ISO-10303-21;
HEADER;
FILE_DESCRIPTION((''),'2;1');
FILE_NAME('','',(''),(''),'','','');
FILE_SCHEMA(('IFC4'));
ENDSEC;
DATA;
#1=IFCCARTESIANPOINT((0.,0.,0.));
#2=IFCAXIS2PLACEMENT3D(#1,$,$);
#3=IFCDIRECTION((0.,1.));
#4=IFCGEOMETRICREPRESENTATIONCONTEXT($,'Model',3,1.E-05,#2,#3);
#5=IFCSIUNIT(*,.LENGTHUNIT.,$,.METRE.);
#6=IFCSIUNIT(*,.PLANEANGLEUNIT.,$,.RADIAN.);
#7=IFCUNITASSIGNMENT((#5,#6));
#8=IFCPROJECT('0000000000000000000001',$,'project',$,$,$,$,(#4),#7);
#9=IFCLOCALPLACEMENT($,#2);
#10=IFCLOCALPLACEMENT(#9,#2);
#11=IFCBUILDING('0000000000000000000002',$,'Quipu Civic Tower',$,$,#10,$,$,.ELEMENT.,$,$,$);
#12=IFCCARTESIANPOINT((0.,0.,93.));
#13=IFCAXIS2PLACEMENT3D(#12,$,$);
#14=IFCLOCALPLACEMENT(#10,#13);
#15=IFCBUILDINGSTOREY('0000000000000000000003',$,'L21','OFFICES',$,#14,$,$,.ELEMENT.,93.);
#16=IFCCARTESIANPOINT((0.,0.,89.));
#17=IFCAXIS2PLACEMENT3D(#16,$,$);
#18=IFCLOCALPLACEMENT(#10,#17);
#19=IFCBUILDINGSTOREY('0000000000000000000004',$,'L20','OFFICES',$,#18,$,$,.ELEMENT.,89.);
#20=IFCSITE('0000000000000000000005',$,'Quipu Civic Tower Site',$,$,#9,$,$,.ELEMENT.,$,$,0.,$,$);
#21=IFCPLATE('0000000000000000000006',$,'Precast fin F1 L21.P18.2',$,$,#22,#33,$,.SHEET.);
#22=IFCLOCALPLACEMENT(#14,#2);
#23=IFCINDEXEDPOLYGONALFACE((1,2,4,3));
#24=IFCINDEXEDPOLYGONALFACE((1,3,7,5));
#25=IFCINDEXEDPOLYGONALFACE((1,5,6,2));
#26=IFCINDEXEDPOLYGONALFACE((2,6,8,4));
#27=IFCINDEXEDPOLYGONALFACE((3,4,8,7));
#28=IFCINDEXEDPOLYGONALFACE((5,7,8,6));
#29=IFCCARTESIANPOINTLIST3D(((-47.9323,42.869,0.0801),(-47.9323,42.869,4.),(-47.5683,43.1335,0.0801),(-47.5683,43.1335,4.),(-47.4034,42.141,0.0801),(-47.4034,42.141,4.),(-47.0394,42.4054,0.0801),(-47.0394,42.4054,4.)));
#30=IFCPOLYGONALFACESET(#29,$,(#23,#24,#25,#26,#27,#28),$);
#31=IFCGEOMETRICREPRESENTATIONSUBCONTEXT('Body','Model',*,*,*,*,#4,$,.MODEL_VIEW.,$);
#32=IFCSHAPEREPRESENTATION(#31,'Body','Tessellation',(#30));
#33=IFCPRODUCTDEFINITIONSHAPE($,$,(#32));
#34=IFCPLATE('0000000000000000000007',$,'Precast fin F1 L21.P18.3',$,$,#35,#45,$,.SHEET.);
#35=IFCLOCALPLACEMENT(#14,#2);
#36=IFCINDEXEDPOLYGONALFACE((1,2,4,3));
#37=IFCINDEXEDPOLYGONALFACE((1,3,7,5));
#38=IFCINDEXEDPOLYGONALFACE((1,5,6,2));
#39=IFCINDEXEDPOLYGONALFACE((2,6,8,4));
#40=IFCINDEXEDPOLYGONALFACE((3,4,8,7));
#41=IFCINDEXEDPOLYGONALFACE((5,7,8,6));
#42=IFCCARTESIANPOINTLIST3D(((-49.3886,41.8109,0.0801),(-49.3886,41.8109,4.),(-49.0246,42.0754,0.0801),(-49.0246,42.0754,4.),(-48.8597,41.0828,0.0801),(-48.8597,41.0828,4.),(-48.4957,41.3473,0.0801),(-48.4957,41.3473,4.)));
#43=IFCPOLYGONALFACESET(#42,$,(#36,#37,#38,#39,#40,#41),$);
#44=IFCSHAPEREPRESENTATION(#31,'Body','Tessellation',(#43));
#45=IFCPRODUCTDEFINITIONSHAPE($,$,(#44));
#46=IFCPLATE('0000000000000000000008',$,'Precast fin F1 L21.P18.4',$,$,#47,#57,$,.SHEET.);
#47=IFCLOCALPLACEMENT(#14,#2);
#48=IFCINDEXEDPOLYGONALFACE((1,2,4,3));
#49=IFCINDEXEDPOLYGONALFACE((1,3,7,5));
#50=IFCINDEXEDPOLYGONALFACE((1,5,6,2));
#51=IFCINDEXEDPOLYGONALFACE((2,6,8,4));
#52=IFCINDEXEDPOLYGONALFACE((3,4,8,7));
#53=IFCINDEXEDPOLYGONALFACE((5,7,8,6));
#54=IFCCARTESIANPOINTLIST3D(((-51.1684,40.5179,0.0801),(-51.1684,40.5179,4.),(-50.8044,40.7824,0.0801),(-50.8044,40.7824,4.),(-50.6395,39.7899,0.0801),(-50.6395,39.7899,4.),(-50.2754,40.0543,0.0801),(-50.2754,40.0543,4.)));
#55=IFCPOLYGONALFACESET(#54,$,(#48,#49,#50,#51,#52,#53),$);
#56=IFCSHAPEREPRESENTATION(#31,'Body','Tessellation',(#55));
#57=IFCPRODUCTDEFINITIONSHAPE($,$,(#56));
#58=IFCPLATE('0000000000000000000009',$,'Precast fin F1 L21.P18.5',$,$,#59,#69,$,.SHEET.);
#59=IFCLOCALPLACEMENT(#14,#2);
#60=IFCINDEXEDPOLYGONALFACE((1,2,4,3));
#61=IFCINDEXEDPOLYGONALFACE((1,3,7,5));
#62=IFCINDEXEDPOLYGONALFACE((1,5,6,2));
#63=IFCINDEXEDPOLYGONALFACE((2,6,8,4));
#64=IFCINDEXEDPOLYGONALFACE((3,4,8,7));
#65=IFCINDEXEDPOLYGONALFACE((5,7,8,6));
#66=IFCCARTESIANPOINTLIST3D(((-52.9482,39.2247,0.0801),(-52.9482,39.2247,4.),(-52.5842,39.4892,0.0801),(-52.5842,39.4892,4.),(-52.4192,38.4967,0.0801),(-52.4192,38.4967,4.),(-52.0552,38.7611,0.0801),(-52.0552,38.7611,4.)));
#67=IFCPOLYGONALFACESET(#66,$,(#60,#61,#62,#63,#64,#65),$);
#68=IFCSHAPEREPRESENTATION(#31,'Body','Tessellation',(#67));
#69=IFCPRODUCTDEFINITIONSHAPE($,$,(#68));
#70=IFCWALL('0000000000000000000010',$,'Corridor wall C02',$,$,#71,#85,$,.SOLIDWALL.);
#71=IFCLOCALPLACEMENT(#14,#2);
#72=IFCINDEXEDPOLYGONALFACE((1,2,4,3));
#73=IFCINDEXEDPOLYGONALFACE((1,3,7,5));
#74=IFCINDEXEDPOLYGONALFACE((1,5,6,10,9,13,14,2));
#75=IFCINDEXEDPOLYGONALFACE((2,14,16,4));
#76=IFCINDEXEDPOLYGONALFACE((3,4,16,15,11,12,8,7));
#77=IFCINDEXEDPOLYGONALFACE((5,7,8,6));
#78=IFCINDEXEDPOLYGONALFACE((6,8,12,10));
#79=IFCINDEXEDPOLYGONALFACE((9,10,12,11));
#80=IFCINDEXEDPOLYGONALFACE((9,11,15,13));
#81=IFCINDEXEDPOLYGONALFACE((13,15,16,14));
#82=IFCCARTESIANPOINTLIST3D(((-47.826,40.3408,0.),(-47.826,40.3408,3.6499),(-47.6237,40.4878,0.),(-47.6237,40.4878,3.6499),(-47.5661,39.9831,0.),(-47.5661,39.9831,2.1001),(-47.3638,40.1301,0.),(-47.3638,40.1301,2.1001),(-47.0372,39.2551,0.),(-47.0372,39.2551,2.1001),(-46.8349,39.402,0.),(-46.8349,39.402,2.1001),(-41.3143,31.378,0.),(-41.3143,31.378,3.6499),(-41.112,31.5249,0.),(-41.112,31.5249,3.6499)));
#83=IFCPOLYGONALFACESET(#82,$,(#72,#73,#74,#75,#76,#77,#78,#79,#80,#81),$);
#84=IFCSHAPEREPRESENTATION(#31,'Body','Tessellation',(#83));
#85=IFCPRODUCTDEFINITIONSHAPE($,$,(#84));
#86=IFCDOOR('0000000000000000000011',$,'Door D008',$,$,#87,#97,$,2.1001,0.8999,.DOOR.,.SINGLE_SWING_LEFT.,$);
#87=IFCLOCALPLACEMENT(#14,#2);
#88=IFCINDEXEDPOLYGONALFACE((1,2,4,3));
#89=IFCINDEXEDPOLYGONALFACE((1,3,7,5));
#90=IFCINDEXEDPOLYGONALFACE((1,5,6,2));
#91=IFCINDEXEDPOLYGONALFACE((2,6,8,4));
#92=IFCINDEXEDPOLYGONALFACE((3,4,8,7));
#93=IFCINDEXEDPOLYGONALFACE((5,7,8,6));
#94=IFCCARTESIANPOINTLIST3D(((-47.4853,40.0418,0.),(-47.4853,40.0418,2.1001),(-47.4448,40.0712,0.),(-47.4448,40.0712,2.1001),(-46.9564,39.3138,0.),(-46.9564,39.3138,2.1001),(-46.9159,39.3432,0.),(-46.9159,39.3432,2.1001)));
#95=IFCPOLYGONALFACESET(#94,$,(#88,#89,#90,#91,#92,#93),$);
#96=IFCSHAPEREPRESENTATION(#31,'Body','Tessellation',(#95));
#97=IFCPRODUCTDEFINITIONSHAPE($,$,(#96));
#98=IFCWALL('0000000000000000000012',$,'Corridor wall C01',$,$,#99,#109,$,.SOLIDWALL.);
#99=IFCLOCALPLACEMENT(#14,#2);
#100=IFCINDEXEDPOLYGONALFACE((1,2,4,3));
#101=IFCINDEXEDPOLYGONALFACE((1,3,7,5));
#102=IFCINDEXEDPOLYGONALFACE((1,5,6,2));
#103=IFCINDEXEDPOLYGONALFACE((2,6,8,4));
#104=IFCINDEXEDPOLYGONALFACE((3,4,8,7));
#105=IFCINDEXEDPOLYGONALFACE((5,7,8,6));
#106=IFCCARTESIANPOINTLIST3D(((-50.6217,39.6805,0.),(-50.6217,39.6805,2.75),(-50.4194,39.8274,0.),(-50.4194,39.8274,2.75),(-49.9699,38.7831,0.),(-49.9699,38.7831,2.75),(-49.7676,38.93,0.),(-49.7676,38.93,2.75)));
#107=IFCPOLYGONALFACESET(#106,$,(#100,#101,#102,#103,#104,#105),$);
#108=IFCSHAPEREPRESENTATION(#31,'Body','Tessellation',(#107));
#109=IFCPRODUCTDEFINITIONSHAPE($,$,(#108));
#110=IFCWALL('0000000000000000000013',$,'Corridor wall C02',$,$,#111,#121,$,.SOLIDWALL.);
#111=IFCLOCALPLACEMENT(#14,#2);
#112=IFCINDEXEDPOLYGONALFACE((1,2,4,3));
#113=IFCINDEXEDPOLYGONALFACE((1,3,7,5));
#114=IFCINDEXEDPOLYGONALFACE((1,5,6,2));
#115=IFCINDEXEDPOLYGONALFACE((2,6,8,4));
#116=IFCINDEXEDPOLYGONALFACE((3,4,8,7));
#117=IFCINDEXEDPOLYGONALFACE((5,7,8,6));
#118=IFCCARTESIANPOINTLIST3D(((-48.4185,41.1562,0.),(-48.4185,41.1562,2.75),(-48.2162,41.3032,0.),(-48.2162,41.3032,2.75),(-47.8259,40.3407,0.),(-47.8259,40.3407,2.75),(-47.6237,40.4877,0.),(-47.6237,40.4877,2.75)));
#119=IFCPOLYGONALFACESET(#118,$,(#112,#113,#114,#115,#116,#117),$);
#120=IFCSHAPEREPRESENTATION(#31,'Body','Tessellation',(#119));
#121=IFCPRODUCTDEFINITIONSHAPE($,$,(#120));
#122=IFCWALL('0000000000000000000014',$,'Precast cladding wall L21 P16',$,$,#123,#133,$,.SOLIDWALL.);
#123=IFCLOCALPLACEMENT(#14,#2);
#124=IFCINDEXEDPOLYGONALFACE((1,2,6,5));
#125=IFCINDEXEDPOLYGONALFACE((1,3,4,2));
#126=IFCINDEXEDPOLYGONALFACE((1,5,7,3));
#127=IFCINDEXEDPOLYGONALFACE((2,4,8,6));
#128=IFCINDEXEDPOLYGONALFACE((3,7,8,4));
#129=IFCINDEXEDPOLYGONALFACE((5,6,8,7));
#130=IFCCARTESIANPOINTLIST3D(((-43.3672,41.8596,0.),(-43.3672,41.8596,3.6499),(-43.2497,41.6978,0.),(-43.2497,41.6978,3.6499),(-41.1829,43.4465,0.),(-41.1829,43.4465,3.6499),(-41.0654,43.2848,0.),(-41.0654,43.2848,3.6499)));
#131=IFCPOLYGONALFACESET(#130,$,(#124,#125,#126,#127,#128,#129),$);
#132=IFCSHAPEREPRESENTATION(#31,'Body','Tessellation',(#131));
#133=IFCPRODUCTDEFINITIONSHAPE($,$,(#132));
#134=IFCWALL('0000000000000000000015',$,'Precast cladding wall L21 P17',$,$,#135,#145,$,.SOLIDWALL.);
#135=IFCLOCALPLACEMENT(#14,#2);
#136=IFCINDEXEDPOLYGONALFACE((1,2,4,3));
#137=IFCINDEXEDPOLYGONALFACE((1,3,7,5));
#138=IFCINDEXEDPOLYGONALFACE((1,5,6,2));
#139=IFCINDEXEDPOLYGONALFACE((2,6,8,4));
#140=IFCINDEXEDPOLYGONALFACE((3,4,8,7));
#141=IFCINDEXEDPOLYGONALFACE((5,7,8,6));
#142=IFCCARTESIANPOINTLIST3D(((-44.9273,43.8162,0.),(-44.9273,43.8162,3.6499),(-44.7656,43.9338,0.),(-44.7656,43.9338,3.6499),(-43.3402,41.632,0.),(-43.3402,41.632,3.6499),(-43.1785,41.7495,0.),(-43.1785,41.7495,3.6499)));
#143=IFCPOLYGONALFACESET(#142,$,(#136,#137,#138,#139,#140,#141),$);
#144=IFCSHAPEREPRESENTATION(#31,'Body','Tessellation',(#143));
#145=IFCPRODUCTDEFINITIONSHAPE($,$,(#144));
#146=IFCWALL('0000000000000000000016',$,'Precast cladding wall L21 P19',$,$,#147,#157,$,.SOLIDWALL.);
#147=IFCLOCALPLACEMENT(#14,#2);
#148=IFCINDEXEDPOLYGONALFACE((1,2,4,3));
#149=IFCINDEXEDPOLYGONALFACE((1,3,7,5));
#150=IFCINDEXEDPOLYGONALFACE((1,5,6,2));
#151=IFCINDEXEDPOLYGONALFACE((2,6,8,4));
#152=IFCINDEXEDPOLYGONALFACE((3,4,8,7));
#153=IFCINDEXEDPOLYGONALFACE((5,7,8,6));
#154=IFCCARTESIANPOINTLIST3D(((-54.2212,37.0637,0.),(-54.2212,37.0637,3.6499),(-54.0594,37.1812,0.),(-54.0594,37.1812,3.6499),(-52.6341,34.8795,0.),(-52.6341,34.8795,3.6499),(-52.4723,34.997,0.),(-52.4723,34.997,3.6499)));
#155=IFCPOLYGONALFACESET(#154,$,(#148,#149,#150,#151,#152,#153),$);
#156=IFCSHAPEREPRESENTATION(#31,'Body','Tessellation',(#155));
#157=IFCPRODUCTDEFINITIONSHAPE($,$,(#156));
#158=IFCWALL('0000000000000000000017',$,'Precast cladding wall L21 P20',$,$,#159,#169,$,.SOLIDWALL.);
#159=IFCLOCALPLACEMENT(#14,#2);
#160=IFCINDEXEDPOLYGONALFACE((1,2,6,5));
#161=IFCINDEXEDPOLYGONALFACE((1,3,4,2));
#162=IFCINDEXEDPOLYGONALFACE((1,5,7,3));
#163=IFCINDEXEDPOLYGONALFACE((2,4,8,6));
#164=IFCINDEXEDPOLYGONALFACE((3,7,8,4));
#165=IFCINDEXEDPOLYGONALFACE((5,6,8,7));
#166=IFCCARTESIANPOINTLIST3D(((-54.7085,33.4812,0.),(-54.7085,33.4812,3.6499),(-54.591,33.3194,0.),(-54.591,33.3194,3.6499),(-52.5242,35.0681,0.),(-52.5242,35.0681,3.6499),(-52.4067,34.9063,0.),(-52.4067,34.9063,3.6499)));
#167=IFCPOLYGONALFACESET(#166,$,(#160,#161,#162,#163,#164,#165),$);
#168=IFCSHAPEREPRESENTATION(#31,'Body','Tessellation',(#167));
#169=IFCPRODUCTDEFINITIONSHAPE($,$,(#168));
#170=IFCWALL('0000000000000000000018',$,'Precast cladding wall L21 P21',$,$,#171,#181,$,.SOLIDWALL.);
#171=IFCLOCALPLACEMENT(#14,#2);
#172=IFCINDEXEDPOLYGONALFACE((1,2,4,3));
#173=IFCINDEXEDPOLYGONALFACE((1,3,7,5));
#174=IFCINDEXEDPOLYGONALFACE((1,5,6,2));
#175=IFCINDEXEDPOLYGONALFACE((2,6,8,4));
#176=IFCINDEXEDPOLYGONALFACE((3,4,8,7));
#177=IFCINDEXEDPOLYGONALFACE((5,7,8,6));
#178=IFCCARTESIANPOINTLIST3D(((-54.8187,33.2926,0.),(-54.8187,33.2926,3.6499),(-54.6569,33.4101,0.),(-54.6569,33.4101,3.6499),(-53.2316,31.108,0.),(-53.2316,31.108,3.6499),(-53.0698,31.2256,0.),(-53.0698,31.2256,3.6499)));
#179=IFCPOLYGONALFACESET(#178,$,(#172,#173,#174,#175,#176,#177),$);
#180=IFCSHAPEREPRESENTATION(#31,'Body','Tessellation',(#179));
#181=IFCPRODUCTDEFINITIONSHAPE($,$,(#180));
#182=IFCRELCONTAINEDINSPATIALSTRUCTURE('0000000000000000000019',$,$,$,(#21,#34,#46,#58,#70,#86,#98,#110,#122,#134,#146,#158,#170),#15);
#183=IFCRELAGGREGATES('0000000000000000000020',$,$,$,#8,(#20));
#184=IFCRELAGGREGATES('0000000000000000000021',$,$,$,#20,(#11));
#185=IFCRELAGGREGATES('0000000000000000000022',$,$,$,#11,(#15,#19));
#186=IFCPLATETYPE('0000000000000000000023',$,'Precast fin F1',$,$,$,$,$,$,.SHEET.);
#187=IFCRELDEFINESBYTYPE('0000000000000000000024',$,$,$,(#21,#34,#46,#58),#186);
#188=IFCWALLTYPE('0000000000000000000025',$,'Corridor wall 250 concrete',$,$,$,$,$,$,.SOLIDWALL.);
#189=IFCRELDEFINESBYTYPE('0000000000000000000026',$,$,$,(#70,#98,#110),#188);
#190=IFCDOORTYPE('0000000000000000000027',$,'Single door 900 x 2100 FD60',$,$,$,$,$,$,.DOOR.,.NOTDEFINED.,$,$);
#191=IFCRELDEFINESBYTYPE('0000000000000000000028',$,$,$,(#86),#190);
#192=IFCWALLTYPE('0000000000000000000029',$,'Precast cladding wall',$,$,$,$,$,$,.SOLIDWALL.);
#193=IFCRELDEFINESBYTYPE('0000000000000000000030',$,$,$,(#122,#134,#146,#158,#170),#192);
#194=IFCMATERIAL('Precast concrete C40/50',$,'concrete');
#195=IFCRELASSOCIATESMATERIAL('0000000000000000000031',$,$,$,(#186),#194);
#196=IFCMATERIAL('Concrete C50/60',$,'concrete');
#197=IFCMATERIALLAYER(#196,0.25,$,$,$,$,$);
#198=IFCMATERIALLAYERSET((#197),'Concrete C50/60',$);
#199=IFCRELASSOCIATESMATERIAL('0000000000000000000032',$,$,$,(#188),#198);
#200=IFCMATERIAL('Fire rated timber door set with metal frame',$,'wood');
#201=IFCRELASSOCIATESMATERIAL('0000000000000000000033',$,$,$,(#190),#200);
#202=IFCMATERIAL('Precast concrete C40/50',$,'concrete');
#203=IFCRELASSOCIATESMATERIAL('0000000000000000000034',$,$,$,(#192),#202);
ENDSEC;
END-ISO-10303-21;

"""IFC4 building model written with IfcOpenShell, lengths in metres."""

from ifc_helpers import new_model, si_unit, direction, frame, frame_2d, origin, origin_2d, place, context, subcontext, project, spatial, rectangle, extrude, material, layer, layer_set, type_object, element, fill, save


model = new_model("IFC4")

# Units and contexts
model_context = context("Model", 3, precision=1e-05, world=origin(), true_north=direction((0.0, 1.0)))
body_context = subcontext(model_context, "Body", "Model", "MODEL_VIEW")
ifc_project = project(units=[si_unit("LENGTHUNIT", "METRE"), si_unit("PLANEANGLEUNIT", "RADIAN")], contexts=[model_context])

# Site, building, storey
site_placement = place(None, origin())
site = spatial("IfcSite", under=ifc_project, at=site_placement, Name="Quipu Civic Tower Site", CompositionType="ELEMENT", RefElevation=0.0)
building_placement = place(site_placement, origin())
building = spatial("IfcBuilding", under=site, at=building_placement, Name="Quipu Civic Tower", CompositionType="ELEMENT")
storey_1_placement = place(building_placement, frame((0.0, 0.0, 93.0)))
storey_1 = spatial("IfcBuildingStorey", under=building, at=storey_1_placement, Name="L21", Description="OFFICES", CompositionType="ELEMENT", Elevation=93.0)

# Shared definitions
storey_2_placement = place(building_placement, frame((0.0, 0.0, 89.0)))
storey_2 = spatial("IfcBuildingStorey", under=building, at=storey_2_placement, Name="L20", Description="OFFICES", CompositionType="ELEMENT", Elevation=89.0)

# Plates
ifc_material_1 = material(Name="Precast concrete C40/50", Category="concrete")
plate_type_1 = type_object("IfcPlateType", Name="Precast fin F1", PredefinedType="SHEET", material=ifc_material_1)
for number, where, z_axis, x_axis, name in (
    (1, (-47.4858, 42.6372, 0.0801), (0.0, 0.0, 1.0), (-0.809021, -0.587779, 0.0), "Precast fin F1 L21.P18.2"),
    (2, (-48.9421, 41.5791, 0.0801), (0.0, 0.0, 1.0), (-0.809021, -0.587779, 0.0), "Precast fin F1 L21.P18.3"),
    (3, (-50.7219, 40.2861, 0.0801), (0.0, 0.0, 1.0), (-0.809021, -0.587779, 0.0), "Precast fin F1 L21.P18.4"),
    (4, (-52.5017, 38.9929, 0.0801), (0.0, 0.0, 1.0), (-0.809021, -0.587779, 0.0), "Precast fin F1 L21.P18.5"),
):
    element("IfcPlate", number, at=place(storey_1_placement, frame(where, z_axis=z_axis, x_axis=x_axis)), inside=storey_1, type_object=plate_type_1, Name=name, PredefinedType="SHEET", context=body_context, shape_type="SweptSolid", body=[
        extrude(rectangle(XDim=0.45, YDim=0.8999, at=origin_2d()), origin(), (0.0, 0.0, 1.0), 3.9199),
    ])

# Wall, opening, door
ifc_material_2 = material(Name="Concrete C50/60", Category="concrete")
ifc_layer_1 = layer(ifc_material_2, 0.25)
ifc_layer_set_1 = layer_set([ifc_layer_1], Name="Concrete C50/60")
wall_type_1 = type_object("IfcWallType", Name="Corridor wall 250 concrete", PredefinedType="SOLIDWALL", material=ifc_layer_set_1)
wall_1_placement = place(storey_1_placement, frame((-47.7249, 40.4143, 0.0), z_axis=(0.0, 0.0, 1.0), x_axis=(0.587773, -0.809026, 0.0)))
wall_1 = element("IfcWall", 5, at=wall_1_placement, inside=storey_1, type_object=wall_type_1, Name="Corridor wall C02", PredefinedType="SOLIDWALL", context=body_context, shape_type="SweptSolid", body=[
    extrude(rectangle(XDim=11.0786, YDim=0.25, at=frame_2d((5.5393, 0.0))), origin(), (0.0, 0.0, 1.0), 3.6499),
])
opening_placement = place(wall_1_placement, frame((0.4421, 0.0, 0.0)))
opening = element("IfcOpeningElement", 6, at=opening_placement, cuts=wall_1, PredefinedType="OPENING", context=body_context, shape_type="SweptSolid", body=[
    extrude(rectangle(XDim=0.8999, YDim=2.1001, at=frame_2d((0.45, 1.05))), frame((0.0, 0.135, 0.0), z_axis=(0.0, -1.0, 0.0), x_axis=(1.0, 0.0, 0.0)), (0.0, 0.0, 1.0), 0.27),
])
ifc_material_3 = material(Name="Fire rated timber door set with metal frame", Category="wood")
door_type = type_object("IfcDoorType", Name="Single door 900 x 2100 FD60", OperationType="NOTDEFINED", PredefinedType="DOOR", material=ifc_material_3)
door_placement = place(opening_placement, origin())
door = element("IfcDoor", 7, at=door_placement, inside=storey_1, type_object=door_type, Name="Door D008", OperationType="SINGLE_SWING_LEFT", OverallHeight=2.1001, OverallWidth=0.8999, PredefinedType="DOOR", context=body_context, shape_type="SweptSolid", body=[
    extrude(rectangle(XDim=0.8999, YDim=2.1001, at=frame_2d((0.45, 1.05))), frame((0.0, 0.0249, 0.0), z_axis=(0.0, -1.0, 0.0), x_axis=(1.0, 0.0, 0.0)), (0.0, 0.0, 1.0), 0.05),
])
fill(opening, door)

# Walls
wall_2_placement = place(storey_1_placement, frame((-49.8687, 38.8564, 0.0), z_axis=(0.0, 0.0, 1.0), x_axis=(-0.587674, 0.809098, 0.0)))
element("IfcWall", 8, at=wall_2_placement, inside=storey_1, type_object=wall_type_1, Name="Corridor wall C01", PredefinedType="SOLIDWALL", context=body_context, shape_type="SweptSolid", body=[
    extrude(rectangle(XDim=1.1091, YDim=0.25, at=frame_2d((0.5547, 0.0))), origin(), (0.0, 0.0, 1.0), 2.75),
])
wall_3_placement = place(storey_1_placement, frame((-47.7249, 40.4143, 0.0), z_axis=(0.0, 0.0, 1.0), x_axis=(-0.58784, 0.808977, 0.0)))
element("IfcWall", 9, at=wall_3_placement, inside=storey_1, type_object=wall_type_1, Name="Corridor wall C02", PredefinedType="SOLIDWALL", context=body_context, shape_type="SweptSolid", body=[
    extrude(rectangle(XDim=1.0081, YDim=0.25, at=frame_2d((0.5039, 0.0))), origin(), (0.0, 0.0, 1.0), 2.75),
])
ifc_material_4 = material(Name="Precast concrete C40/50", Category="concrete")
wall_type_2 = type_object("IfcWallType", Name="Precast cladding wall", PredefinedType="SOLIDWALL", material=ifc_material_4)
for number, where, z_axis, x_axis, name in (
    (10, (-41.124, 43.3657, 0.0), (0.0, 0.0, 1.0), (-0.809033, -0.587763, 0.0), "Precast cladding wall L21 P16"),
    (11, (-43.2593, 41.6907, 0.0), (0.0, 0.0, 1.0), (-0.587822, 0.80899, 0.0), "Precast cladding wall L21 P17"),
    (12, (-54.1404, 37.1226, 0.0), (0.0, 0.0, 1.0), (0.587822, -0.80899, 0.0), "Precast cladding wall L21 P19"),
    (13, (-52.4653, 34.9873, 0.0), (0.0, 0.0, 1.0), (-0.809033, -0.587763, 0.0), "Precast cladding wall L21 P20"),
):
    element("IfcWall", number, at=place(storey_1_placement, frame(where, z_axis=z_axis, x_axis=x_axis)), inside=storey_1, type_object=wall_type_2, Name=name, PredefinedType="SOLIDWALL", context=body_context, shape_type="SweptSolid", body=[
        extrude(rectangle(XDim=2.7, YDim=0.2, at=frame_2d((1.3501, 0.0))), origin(), (0.0, 0.0, 1.0), 3.6499),
    ])
wall_4_placement = place(storey_1_placement, frame((-54.7378, 33.3513, 0.0), z_axis=(0.0, 0.0, 1.0), x_axis=(0.587779, -0.809021, 0.0)))
element("IfcWall", 14, at=wall_4_placement, inside=storey_1, type_object=wall_type_2, Name="Precast cladding wall L21 P21", PredefinedType="SOLIDWALL", context=body_context, shape_type="SweptSolid", body=[
    extrude(rectangle(XDim=2.7002, YDim=0.2, at=frame_2d((1.3501, 0.0))), origin(), (0.0, 0.0, 1.0), 3.6499),
])

save(model, "model.ifc")
